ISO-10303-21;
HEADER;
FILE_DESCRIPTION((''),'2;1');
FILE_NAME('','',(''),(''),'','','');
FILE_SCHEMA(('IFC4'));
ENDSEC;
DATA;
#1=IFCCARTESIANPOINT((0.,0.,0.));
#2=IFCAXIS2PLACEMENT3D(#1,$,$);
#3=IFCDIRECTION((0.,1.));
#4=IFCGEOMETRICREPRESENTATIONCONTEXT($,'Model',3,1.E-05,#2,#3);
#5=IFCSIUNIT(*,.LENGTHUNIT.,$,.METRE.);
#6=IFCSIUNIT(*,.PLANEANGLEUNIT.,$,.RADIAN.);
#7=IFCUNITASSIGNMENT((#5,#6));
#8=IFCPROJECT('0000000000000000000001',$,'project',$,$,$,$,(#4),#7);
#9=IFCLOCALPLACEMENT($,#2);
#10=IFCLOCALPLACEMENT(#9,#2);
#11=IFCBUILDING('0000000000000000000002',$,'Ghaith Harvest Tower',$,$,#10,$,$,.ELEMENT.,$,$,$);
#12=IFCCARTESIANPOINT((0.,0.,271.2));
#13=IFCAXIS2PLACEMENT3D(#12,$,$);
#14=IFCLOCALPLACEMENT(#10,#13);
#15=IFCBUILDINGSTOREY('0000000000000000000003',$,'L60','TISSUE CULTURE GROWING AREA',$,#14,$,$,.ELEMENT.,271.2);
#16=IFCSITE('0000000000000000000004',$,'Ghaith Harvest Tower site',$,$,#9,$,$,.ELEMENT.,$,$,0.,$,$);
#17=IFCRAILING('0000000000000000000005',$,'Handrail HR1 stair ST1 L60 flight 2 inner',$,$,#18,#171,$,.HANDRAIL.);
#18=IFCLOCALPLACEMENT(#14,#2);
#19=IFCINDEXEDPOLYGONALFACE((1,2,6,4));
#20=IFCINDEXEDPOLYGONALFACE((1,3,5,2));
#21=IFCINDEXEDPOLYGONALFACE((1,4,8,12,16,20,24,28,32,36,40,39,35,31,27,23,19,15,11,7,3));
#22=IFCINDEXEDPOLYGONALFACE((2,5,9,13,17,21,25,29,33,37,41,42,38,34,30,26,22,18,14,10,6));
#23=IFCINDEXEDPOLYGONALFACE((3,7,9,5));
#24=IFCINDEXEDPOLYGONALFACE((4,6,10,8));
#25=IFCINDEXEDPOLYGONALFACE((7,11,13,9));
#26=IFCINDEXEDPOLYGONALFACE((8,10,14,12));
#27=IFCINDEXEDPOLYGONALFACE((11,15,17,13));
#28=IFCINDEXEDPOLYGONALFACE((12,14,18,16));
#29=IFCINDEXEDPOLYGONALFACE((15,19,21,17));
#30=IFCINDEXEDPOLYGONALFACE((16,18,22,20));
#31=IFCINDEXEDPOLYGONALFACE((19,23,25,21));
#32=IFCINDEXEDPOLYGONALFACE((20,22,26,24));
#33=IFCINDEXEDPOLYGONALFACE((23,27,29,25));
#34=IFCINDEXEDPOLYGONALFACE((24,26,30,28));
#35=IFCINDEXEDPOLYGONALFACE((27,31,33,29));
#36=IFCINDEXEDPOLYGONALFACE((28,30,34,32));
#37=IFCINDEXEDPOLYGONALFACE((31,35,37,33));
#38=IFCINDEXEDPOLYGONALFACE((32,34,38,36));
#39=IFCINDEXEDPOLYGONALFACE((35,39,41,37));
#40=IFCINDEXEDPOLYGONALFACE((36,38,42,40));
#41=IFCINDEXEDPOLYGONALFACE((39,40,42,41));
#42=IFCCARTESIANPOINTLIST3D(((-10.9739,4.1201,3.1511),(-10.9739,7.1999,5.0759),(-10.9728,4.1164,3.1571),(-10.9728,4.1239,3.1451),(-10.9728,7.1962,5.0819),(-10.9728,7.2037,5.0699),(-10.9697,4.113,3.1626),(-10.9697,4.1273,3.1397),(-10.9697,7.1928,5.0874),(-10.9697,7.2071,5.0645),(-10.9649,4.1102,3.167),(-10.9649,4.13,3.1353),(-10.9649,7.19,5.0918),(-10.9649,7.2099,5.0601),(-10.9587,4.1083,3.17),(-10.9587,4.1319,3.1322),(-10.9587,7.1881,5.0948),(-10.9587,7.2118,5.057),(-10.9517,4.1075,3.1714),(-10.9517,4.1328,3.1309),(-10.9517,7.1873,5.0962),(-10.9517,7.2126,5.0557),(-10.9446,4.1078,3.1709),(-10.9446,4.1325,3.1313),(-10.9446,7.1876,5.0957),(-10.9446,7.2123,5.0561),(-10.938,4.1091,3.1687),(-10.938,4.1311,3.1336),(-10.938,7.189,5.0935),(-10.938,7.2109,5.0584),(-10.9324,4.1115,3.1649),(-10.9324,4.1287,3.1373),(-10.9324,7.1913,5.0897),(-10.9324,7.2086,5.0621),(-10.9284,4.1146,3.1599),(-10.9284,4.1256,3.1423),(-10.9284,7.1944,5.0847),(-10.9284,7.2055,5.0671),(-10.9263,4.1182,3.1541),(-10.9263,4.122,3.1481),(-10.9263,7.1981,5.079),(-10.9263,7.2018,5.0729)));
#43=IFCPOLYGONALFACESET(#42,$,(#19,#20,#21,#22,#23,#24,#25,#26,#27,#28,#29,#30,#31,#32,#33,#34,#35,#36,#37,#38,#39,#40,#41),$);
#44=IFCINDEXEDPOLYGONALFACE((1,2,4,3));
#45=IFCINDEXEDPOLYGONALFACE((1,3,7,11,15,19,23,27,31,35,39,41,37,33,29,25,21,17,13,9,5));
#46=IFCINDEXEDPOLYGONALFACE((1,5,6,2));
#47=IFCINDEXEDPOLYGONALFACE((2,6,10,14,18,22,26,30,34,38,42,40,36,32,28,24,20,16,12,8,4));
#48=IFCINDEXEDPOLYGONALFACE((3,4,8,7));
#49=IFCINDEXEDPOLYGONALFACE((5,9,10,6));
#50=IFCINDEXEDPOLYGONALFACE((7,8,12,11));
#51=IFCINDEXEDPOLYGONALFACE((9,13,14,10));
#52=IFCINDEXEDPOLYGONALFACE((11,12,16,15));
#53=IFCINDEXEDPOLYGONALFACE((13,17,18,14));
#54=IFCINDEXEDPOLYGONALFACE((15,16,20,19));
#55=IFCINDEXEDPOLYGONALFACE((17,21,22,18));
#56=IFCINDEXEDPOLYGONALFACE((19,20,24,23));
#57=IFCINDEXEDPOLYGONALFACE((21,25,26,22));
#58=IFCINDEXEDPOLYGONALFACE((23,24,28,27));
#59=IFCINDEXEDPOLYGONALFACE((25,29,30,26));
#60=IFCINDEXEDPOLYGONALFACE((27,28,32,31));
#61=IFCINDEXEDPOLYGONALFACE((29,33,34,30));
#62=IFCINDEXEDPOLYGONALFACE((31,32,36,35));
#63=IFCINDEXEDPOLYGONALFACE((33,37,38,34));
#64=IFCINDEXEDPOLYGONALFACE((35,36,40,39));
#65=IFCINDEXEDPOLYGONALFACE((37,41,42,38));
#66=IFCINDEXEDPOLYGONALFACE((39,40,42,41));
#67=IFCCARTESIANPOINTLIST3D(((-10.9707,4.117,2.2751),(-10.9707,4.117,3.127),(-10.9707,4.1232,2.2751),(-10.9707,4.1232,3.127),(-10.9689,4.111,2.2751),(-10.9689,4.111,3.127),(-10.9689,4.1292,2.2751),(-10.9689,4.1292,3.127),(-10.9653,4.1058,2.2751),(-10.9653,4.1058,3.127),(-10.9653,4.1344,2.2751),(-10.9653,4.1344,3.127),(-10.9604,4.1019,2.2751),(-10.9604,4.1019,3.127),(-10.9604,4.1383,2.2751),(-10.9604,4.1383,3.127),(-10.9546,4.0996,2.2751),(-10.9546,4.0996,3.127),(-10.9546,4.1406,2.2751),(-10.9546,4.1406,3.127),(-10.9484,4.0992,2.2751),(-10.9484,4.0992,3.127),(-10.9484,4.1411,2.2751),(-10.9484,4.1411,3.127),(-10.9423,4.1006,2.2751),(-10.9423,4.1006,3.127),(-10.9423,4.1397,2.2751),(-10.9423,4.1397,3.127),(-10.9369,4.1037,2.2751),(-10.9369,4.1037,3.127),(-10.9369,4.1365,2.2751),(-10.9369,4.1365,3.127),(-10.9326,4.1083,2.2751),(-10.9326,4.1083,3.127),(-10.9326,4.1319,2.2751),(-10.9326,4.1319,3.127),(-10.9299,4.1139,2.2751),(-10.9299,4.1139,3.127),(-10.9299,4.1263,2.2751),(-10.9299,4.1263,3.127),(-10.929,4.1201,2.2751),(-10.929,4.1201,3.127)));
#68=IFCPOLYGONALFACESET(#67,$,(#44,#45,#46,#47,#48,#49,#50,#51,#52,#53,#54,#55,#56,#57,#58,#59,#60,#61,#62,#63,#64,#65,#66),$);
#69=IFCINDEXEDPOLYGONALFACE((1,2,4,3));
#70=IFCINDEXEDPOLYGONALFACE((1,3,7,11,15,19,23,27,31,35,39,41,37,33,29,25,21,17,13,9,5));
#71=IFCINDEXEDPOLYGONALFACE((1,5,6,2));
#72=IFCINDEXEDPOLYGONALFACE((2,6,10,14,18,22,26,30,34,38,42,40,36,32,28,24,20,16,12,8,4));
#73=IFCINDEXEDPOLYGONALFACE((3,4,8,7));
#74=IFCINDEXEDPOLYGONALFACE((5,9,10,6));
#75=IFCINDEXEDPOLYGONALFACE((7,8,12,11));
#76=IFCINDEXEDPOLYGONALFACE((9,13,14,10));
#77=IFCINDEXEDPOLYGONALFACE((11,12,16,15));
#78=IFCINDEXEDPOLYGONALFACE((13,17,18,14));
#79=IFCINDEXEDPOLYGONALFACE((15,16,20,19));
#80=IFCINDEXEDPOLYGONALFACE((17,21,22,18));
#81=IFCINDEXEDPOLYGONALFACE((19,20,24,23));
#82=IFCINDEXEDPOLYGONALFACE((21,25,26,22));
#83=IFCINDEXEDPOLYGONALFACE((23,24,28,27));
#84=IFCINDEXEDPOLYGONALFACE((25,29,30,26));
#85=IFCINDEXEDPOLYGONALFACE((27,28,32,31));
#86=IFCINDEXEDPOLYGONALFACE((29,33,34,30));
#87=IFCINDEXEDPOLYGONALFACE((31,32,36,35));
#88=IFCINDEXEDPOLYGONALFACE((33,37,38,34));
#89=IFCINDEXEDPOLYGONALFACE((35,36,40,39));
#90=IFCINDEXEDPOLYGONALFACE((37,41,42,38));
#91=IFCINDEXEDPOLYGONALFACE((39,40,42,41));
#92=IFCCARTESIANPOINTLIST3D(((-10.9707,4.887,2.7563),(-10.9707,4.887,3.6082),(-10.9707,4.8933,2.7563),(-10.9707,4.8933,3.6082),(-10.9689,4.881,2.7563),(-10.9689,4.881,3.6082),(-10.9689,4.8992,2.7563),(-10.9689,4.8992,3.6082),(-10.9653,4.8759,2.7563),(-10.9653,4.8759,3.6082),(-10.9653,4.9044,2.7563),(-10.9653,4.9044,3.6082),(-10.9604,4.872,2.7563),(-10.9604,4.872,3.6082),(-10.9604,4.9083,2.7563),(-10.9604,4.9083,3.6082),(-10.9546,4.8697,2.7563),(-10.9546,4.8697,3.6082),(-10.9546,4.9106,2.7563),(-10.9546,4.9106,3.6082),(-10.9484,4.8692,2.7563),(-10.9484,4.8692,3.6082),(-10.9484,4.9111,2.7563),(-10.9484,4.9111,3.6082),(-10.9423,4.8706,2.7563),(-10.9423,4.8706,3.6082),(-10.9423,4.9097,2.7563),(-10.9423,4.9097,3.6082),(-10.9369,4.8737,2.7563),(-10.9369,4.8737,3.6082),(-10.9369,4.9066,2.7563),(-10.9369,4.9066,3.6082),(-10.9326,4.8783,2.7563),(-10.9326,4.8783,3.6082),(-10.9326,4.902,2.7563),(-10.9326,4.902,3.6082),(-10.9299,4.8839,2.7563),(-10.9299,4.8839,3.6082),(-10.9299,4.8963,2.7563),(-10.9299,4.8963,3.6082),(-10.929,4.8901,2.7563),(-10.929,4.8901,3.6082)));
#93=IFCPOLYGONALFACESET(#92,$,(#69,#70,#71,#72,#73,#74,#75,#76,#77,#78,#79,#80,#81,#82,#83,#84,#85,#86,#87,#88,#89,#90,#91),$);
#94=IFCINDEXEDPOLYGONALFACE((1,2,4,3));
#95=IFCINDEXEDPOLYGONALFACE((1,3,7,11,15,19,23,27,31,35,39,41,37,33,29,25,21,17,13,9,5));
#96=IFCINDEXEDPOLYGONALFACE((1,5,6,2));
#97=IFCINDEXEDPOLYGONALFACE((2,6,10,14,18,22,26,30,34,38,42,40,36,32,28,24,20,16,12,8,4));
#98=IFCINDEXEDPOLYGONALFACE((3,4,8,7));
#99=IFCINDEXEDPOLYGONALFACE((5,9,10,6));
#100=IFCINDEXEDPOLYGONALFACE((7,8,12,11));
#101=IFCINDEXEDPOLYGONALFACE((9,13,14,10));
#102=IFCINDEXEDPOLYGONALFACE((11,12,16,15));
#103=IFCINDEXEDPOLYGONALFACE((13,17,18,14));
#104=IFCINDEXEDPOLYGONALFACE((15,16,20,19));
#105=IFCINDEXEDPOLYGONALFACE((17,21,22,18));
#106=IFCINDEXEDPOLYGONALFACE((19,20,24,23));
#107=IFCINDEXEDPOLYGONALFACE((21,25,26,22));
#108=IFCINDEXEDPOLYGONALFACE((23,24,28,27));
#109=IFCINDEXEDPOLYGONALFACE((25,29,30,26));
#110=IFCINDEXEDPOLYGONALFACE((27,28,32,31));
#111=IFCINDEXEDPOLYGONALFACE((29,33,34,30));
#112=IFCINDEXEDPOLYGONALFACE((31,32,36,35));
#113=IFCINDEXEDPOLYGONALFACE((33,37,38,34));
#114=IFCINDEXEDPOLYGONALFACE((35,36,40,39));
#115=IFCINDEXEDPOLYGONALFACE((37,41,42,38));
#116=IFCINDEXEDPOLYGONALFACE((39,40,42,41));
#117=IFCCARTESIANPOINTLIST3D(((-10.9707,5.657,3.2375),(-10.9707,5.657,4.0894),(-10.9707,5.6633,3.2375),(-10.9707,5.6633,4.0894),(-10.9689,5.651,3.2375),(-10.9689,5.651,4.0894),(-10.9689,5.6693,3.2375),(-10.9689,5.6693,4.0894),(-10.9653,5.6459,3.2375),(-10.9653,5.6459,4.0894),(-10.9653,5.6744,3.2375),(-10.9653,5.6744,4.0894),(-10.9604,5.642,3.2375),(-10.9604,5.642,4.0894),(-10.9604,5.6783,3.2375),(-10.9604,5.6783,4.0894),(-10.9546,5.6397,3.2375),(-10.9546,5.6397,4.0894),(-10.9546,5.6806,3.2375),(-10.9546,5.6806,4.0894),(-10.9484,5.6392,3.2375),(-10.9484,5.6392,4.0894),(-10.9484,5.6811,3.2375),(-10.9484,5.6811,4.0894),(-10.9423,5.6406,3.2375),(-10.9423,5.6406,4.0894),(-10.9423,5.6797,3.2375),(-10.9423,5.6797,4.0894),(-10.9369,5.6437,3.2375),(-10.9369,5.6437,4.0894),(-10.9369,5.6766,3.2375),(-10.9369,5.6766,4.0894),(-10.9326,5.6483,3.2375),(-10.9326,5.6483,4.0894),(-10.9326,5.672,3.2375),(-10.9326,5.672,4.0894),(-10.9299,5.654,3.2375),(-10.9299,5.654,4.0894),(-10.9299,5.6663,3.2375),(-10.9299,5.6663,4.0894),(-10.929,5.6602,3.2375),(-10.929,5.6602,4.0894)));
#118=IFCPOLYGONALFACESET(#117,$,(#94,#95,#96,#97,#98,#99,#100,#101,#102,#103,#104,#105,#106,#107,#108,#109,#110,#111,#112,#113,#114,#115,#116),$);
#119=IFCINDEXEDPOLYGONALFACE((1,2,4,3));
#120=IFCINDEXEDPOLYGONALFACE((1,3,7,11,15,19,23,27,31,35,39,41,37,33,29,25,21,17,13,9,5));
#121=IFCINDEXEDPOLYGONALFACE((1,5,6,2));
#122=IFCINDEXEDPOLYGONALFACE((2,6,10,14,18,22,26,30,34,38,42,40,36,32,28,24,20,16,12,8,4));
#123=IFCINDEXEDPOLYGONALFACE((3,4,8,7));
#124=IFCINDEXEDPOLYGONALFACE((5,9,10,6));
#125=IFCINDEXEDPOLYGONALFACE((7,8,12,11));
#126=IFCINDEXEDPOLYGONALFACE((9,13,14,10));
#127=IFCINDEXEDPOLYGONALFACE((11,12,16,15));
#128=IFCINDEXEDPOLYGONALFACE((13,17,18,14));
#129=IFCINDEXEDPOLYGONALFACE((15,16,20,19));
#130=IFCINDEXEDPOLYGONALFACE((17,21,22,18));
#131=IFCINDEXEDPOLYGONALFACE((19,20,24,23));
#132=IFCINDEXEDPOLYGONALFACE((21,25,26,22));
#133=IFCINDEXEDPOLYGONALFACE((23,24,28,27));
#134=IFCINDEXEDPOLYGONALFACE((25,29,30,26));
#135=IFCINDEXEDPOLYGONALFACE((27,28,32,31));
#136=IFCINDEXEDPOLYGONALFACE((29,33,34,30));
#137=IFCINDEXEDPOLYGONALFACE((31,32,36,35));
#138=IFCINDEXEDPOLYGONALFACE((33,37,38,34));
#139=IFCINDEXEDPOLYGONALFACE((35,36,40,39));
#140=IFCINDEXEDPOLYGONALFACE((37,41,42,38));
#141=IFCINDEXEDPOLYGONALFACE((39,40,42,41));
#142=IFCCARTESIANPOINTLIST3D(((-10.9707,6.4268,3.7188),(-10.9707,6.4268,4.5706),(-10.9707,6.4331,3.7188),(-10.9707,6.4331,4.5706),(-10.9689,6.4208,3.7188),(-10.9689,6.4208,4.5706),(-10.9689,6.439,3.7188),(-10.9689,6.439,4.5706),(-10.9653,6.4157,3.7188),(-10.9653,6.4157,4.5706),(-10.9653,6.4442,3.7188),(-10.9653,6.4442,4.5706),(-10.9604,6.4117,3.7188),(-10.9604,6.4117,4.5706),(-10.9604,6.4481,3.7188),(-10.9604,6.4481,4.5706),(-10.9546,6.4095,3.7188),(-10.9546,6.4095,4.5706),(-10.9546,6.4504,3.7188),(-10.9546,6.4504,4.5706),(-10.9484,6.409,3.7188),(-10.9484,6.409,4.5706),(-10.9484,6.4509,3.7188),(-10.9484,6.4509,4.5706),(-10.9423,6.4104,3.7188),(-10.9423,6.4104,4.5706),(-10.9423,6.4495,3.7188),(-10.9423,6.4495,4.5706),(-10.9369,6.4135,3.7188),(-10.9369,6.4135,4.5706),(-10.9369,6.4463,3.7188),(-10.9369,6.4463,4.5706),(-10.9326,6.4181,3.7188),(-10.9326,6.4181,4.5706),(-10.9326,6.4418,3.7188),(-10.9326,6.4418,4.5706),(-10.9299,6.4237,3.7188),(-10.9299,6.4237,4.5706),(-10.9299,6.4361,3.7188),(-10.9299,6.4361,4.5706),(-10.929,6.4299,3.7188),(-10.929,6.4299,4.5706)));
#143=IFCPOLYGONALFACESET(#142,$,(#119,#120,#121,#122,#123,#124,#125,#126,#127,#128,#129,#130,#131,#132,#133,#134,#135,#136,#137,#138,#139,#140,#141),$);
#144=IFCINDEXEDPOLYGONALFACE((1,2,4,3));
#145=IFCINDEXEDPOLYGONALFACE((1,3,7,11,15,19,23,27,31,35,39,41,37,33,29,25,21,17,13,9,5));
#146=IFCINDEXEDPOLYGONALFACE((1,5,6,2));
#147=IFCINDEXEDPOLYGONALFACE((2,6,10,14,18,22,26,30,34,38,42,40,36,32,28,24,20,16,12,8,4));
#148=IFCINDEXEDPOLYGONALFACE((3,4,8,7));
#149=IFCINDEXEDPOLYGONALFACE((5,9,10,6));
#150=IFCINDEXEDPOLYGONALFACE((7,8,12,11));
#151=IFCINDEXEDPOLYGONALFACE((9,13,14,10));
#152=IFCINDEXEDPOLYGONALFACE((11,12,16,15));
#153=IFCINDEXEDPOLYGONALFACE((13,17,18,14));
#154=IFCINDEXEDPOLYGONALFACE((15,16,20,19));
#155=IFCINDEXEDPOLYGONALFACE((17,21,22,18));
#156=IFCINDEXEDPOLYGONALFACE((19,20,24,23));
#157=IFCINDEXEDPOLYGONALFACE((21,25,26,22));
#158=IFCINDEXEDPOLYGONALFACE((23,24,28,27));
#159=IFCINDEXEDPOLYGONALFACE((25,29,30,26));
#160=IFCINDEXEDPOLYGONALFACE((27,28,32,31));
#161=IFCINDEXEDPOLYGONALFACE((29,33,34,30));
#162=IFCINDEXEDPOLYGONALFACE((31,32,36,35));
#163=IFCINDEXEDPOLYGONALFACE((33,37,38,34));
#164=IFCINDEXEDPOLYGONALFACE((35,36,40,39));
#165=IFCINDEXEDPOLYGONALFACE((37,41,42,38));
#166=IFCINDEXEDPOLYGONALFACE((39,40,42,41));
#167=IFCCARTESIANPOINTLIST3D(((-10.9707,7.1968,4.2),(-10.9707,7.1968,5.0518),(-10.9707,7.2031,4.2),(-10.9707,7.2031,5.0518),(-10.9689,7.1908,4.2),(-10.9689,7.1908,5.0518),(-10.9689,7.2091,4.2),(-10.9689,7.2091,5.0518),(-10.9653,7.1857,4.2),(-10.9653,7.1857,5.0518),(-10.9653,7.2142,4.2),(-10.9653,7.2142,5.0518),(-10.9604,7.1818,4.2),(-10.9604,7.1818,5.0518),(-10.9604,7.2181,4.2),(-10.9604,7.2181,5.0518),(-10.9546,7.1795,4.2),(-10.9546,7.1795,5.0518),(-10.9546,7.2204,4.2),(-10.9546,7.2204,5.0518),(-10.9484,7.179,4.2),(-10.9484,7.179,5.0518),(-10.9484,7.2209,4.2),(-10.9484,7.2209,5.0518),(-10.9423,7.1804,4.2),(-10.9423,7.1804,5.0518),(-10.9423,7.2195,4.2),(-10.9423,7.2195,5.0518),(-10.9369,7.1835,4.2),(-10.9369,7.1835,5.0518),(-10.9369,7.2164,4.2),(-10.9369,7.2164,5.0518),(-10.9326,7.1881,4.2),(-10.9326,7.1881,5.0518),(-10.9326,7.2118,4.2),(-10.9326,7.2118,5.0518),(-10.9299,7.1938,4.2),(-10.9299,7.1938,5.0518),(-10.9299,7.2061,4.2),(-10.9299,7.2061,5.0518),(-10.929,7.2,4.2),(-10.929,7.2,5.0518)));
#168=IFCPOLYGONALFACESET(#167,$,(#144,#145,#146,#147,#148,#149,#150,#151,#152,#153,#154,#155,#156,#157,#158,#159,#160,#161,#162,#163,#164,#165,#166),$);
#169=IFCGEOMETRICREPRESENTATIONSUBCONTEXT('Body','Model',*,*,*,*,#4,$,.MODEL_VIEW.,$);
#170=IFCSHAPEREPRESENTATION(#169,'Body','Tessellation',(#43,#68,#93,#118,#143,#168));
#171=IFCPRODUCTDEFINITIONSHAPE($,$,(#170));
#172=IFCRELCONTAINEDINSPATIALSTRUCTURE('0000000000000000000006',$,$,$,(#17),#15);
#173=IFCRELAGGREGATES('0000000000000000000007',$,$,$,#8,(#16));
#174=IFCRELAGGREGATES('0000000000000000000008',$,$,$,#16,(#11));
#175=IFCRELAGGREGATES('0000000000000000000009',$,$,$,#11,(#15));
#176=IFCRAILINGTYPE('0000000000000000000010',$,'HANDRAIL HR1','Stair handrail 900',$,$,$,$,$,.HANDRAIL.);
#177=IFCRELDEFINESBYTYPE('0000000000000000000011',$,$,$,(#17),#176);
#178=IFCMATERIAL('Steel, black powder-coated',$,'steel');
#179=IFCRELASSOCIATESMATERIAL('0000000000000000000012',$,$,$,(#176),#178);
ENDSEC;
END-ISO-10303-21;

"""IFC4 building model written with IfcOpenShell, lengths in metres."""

from ifc_helpers import new_model, si_unit, direction, frame, origin, origin_2d, place, context, subcontext, project, spatial, circle, extrude, material, type_object, element, save


model = new_model("IFC4")

# Units and contexts
model_context = context("Model", 3, precision=1e-05, world=origin(), true_north=direction((0.0, 1.0)))
body_context = subcontext(model_context, "Body", "Model", "MODEL_VIEW")
ifc_project = project(units=[si_unit("LENGTHUNIT", "METRE"), si_unit("PLANEANGLEUNIT", "RADIAN")], contexts=[model_context])

# Site, building, storey
site_placement = place(None, origin())
site = spatial("IfcSite", under=ifc_project, at=site_placement, Name="Ghaith Harvest Tower site", CompositionType="ELEMENT", RefElevation=0.0)
building_placement = place(site_placement, origin())
building = spatial("IfcBuilding", under=site, at=building_placement, Name="Ghaith Harvest Tower", CompositionType="ELEMENT")
storey_placement = place(building_placement, frame((0.0, 0.0, 271.2)))
storey = spatial("IfcBuildingStorey", under=building, at=storey_placement, Name="L60", Description="TISSUE CULTURE GROWING AREA", CompositionType="ELEMENT", Elevation=271.2)

# Railing
ifc_material_1 = material(Name="Steel, black powder-coated", Category="steel")
railing_type = type_object("IfcRailingType", Name="HANDRAIL HR1", Description="Stair handrail 900", PredefinedType="HANDRAIL", material=ifc_material_1)
railing_1_placement = place(storey_placement, frame((-10.95, 4.1201, 2.2751)))
element("IfcRailing", 1, at=railing_1_placement, inside=storey, type_object=railing_type, Name="Handrail HR1 stair ST1 L60 flight 2 inner", PredefinedType="HANDRAIL", context=body_context, shape_type="SweptSolid", body=[
    extrude(circle(Radius=0.0239, at=origin_2d()), frame((0.0, 0.0, 0.876), z_axis=(0.0, 0.84801, 0.529981), x_axis=(-1.0, 0.0, 0.0)), (0.0, 0.0, 1.0), 3.6318),
    extrude(circle(Radius=0.021, at=origin_2d()), origin(), (0.0, 0.0, 1.0), 0.8518),
    extrude(circle(Radius=0.021, at=origin_2d()), frame((0.0, 0.77, 0.4812)), (0.0, 0.0, 1.0), 0.8518),
    extrude(circle(Radius=0.021, at=origin_2d()), frame((0.0, 1.54, 0.9624)), (0.0, 0.0, 1.0), 0.8518),
    extrude(circle(Radius=0.021, at=origin_2d()), frame((0.0, 2.3098, 1.4436)), (0.0, 0.0, 1.0), 0.8518),
    extrude(circle(Radius=0.021, at=origin_2d()), frame((0.0, 3.0798, 1.9248)), (0.0, 0.0, 1.0), 0.8518),
])

save(model, "model.ifc")
